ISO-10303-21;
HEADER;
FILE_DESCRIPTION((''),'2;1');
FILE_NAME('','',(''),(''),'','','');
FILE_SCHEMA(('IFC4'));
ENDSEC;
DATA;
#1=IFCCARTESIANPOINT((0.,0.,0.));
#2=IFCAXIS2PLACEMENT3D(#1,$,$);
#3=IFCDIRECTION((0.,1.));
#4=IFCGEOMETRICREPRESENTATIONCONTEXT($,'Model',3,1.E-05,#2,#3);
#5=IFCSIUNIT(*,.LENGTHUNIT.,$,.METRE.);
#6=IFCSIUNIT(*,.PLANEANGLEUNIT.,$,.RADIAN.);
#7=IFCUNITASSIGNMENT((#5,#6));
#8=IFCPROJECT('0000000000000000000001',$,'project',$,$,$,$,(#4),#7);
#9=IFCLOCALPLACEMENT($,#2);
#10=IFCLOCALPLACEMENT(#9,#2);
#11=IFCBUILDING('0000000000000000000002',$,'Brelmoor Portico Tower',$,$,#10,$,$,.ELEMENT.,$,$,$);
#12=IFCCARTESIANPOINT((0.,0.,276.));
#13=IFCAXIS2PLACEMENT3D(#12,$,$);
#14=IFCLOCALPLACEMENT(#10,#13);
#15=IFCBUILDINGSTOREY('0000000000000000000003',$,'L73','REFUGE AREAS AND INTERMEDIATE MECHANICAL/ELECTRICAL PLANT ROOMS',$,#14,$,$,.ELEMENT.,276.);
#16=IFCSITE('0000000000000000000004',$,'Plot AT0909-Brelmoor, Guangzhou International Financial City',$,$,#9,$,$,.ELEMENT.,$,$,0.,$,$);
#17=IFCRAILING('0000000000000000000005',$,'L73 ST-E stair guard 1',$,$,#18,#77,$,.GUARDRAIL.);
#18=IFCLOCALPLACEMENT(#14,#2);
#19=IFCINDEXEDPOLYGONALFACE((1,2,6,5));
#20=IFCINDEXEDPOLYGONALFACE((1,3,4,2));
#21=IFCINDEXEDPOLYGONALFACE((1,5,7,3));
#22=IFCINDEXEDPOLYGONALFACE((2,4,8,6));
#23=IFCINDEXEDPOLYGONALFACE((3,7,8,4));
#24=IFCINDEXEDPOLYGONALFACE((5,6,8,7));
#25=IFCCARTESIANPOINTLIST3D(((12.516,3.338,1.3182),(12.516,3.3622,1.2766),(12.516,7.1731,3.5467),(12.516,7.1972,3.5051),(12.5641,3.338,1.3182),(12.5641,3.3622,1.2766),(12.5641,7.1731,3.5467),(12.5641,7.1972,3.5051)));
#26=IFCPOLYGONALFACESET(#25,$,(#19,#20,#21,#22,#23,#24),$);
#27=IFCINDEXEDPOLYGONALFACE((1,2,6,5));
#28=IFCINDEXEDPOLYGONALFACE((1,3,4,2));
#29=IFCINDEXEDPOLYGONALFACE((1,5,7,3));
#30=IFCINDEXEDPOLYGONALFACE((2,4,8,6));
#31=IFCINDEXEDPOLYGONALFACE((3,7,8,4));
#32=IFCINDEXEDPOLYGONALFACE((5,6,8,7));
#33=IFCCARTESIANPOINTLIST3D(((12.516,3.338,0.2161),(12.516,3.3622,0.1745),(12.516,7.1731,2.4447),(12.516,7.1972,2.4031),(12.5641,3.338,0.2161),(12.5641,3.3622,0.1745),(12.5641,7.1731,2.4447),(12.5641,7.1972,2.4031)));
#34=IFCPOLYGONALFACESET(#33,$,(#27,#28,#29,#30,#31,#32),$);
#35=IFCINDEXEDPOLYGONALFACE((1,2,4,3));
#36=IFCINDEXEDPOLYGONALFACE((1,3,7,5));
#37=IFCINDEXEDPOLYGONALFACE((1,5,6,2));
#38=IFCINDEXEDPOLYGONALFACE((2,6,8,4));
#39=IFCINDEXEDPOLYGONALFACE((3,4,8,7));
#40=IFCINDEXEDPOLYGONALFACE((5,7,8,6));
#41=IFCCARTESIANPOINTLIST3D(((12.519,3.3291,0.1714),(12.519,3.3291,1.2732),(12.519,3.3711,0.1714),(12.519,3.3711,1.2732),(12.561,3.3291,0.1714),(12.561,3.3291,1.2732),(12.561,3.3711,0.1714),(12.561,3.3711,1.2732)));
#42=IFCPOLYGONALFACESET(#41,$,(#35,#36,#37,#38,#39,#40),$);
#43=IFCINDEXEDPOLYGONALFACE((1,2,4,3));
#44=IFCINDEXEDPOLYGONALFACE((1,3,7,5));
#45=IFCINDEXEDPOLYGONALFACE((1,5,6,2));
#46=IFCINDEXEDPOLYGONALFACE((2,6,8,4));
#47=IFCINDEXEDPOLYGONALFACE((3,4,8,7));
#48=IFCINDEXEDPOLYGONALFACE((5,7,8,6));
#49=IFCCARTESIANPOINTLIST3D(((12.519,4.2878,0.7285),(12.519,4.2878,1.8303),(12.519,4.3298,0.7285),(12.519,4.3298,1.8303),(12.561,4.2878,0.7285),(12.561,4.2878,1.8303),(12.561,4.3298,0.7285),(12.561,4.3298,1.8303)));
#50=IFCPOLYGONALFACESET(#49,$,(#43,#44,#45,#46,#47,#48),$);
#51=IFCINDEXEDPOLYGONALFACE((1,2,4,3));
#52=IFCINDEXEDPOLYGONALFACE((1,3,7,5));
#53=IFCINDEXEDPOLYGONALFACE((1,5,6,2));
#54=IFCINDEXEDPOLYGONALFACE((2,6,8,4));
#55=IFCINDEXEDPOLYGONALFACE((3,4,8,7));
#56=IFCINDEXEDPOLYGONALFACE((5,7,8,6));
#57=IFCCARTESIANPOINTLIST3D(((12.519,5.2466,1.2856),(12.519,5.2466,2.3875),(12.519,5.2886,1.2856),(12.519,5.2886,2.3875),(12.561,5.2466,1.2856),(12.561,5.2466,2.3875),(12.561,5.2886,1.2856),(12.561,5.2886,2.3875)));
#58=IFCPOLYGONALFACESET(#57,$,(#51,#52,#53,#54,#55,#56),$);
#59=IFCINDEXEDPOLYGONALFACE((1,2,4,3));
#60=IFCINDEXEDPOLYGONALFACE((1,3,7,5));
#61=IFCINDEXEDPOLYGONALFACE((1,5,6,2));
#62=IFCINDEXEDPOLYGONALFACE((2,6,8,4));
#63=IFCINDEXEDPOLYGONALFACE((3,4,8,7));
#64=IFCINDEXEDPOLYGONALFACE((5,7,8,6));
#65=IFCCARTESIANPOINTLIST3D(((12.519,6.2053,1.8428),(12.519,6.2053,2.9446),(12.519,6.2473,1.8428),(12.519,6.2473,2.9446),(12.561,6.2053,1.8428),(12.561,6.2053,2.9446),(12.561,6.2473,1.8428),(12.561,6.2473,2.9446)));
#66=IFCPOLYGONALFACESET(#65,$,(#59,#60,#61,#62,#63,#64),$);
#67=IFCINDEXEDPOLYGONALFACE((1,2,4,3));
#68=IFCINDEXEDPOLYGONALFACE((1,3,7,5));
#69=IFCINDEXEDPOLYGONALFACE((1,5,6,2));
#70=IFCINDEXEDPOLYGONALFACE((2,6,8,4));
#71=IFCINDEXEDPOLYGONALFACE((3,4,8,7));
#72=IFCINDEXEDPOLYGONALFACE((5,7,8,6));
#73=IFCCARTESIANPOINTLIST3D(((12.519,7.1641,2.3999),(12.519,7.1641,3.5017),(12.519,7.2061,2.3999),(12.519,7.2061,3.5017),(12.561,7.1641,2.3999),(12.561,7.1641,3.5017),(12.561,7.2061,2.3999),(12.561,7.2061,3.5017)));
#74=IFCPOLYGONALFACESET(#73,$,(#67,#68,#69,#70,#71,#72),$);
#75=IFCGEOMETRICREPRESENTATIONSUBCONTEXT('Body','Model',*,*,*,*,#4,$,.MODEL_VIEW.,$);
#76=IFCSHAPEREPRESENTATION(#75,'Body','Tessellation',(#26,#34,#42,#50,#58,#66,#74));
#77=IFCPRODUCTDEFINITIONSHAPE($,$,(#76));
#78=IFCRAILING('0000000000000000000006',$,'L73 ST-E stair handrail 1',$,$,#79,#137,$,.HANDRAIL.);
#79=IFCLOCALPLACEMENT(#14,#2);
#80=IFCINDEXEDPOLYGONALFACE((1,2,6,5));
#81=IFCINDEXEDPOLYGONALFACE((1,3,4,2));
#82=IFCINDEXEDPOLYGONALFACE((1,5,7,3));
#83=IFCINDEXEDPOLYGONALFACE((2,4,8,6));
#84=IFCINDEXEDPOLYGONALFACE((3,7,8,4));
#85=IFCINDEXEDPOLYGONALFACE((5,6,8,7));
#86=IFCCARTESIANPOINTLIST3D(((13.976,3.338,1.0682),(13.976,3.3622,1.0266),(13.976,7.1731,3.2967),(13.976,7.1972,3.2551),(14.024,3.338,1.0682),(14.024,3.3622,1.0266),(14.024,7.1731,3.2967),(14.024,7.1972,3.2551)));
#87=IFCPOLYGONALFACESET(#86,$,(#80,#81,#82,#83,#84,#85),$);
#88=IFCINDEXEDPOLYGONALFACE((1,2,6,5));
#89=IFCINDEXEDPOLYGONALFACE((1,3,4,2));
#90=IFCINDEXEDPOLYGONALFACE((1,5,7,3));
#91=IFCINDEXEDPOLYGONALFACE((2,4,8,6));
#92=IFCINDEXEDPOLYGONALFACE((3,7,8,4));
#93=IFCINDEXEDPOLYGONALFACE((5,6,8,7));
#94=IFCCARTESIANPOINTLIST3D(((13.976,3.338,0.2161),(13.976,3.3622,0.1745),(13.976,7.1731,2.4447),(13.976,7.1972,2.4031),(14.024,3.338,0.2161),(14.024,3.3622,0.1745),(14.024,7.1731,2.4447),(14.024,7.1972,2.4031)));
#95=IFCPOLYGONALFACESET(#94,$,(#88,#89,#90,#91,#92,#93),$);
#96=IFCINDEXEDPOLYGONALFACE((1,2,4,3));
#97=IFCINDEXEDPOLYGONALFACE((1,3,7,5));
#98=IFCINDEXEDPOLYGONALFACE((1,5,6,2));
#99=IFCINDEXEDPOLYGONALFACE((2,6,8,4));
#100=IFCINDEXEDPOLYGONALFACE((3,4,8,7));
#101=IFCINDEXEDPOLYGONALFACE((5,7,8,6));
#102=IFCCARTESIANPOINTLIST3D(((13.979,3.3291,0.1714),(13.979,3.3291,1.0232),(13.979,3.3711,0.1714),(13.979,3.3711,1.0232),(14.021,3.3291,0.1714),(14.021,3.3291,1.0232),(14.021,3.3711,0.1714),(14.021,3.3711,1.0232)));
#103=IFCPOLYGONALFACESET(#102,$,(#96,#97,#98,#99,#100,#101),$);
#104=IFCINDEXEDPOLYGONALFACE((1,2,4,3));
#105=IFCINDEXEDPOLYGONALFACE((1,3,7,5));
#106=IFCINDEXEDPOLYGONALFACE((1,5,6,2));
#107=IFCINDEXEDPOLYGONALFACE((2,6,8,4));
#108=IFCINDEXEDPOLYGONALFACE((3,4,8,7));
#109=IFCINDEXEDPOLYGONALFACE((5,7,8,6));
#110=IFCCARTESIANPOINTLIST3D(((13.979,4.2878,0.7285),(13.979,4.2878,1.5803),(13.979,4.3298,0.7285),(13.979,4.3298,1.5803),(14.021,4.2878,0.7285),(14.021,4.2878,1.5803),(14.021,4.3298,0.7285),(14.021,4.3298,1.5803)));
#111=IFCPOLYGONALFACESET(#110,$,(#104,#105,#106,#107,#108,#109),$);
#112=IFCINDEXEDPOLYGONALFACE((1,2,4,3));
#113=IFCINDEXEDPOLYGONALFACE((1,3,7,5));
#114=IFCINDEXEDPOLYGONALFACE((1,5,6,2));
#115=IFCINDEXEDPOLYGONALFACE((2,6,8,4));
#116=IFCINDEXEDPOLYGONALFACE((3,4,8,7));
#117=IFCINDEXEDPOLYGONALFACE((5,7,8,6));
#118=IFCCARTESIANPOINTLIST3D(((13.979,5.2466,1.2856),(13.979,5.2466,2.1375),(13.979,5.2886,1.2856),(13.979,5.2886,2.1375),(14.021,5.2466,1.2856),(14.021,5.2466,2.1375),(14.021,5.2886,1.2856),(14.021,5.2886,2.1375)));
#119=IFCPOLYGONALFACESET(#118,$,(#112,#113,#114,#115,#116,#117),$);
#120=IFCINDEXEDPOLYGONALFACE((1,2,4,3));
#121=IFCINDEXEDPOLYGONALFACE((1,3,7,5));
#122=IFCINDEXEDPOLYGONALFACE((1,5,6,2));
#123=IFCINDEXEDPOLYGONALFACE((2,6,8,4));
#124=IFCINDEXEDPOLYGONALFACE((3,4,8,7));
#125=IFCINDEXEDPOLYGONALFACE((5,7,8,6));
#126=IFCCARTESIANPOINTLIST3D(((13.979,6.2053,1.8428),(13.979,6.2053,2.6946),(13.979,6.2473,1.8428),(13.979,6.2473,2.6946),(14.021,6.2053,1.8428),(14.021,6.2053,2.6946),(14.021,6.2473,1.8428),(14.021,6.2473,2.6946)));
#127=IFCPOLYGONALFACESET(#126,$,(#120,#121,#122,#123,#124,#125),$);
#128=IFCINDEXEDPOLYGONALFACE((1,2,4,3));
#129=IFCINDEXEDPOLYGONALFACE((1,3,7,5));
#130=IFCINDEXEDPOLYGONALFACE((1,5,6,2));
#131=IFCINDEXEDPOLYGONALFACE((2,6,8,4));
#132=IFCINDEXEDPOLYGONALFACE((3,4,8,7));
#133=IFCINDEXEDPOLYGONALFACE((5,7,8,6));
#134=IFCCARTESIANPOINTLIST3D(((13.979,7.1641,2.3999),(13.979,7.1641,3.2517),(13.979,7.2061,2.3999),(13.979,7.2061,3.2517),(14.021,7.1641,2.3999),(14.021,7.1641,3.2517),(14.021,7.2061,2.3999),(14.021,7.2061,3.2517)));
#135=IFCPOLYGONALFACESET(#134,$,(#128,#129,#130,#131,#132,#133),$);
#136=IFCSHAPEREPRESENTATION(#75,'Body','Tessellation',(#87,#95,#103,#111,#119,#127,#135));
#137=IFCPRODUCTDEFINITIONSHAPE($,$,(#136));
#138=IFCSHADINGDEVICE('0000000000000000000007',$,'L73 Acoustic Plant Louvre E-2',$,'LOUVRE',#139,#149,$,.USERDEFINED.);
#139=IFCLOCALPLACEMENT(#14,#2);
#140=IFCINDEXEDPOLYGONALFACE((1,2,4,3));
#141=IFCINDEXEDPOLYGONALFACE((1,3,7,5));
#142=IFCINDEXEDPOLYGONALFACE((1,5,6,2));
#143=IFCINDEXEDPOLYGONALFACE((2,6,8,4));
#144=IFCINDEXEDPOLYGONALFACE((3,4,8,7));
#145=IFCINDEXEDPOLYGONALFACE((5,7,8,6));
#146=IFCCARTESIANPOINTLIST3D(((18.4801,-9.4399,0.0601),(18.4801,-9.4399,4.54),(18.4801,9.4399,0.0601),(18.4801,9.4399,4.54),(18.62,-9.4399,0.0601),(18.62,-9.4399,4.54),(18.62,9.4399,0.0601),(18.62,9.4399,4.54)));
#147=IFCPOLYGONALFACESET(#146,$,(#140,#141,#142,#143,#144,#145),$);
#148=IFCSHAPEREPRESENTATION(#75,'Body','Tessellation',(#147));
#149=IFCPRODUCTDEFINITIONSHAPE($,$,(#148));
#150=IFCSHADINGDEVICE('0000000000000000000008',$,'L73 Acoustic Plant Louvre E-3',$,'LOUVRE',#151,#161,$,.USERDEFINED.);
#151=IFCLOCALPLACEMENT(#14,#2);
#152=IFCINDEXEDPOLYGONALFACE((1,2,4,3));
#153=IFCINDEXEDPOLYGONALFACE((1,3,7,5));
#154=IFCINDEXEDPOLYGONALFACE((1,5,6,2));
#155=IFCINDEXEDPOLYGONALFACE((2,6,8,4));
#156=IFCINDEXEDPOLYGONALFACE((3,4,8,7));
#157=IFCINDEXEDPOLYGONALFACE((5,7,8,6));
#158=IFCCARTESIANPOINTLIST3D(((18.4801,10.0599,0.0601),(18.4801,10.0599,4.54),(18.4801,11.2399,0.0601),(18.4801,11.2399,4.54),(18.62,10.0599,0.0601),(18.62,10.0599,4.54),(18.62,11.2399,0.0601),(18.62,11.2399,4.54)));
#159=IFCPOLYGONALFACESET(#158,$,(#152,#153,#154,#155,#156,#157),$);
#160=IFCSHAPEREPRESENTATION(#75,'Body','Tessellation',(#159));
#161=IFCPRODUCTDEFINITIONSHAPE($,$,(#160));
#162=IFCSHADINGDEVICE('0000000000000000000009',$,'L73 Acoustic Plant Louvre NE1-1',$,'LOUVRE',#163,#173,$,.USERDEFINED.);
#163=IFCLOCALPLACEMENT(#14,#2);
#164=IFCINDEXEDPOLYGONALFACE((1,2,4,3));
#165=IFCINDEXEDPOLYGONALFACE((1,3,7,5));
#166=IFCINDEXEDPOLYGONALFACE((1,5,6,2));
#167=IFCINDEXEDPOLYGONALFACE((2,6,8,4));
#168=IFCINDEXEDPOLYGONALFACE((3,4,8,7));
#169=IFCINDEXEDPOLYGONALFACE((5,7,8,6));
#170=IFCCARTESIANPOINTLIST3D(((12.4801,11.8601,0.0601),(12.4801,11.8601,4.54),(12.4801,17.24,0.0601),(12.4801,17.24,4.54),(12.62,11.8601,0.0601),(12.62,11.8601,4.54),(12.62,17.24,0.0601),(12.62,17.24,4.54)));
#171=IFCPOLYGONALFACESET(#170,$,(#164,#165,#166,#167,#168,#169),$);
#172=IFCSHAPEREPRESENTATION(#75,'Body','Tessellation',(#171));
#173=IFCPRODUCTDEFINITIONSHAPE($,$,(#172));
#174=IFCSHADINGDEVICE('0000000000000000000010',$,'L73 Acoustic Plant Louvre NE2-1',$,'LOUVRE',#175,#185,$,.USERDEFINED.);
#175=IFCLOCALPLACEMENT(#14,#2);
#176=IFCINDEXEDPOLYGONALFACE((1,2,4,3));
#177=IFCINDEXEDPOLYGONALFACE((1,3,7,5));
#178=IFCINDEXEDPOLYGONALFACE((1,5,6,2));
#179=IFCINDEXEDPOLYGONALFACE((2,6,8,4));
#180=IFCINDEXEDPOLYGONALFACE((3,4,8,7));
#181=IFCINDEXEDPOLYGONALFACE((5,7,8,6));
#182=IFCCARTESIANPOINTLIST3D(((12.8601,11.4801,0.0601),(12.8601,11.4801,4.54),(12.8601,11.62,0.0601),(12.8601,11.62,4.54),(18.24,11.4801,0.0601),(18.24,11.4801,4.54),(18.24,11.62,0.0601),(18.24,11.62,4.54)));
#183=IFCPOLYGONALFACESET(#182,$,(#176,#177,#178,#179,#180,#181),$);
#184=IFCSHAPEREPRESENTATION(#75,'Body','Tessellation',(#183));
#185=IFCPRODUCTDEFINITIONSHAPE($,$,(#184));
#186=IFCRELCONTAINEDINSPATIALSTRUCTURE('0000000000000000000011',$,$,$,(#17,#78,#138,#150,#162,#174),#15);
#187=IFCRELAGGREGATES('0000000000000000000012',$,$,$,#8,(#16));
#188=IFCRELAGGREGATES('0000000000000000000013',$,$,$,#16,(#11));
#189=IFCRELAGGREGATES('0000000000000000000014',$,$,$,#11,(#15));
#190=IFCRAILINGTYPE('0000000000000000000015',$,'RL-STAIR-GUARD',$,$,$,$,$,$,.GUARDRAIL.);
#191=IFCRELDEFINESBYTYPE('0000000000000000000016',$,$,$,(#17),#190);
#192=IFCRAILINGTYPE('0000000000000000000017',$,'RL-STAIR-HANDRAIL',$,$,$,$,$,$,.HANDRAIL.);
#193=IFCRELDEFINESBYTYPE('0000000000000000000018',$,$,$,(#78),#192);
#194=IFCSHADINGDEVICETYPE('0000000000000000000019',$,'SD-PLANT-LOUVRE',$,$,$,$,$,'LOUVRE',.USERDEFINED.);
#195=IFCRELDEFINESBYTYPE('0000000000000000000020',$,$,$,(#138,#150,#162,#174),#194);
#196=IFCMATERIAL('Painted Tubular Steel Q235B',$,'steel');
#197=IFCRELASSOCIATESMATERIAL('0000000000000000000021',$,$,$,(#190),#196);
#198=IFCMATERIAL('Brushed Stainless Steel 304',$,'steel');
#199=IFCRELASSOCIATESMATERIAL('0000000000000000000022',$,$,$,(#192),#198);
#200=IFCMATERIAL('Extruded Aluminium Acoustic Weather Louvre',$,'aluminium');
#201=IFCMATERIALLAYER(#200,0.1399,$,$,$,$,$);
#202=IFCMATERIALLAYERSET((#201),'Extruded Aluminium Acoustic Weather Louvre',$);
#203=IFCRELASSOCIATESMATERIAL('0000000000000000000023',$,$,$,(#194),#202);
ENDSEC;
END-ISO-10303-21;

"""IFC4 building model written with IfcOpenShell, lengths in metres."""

from ifc_helpers import new_model, si_unit, direction, frame, origin, origin_2d, place, context, subcontext, project, spatial, rectangle, extrude, material, layer, layer_set, type_object, element, save


model = new_model("IFC4")

# Units and contexts
model_context = context("Model", 3, precision=1e-05, world=origin(), true_north=direction((0.0, 1.0)))
body_context = subcontext(model_context, "Body", "Model", "MODEL_VIEW")
ifc_project = project(units=[si_unit("LENGTHUNIT", "METRE"), si_unit("PLANEANGLEUNIT", "RADIAN")], contexts=[model_context])

# Site, building, storey
site_placement = place(None, origin())
site = spatial("IfcSite", under=ifc_project, at=site_placement, Name="Plot AT0909-Brelmoor, Guangzhou International Financial City", CompositionType="ELEMENT", RefElevation=0.0)
building_placement = place(site_placement, origin())
building = spatial("IfcBuilding", under=site, at=building_placement, Name="Brelmoor Portico Tower", CompositionType="ELEMENT")
storey_placement = place(building_placement, frame((0.0, 0.0, 276.0)))
storey = spatial("IfcBuildingStorey", under=building, at=storey_placement, Name="L73", Description="REFUGE AREAS AND INTERMEDIATE MECHANICAL/ELECTRICAL PLANT ROOMS", CompositionType="ELEMENT", Elevation=276.0)

# Railings
ifc_material_1 = material(Name="Painted Tubular Steel Q235B", Category="steel")
railing_type_1 = type_object("IfcRailingType", Name="RL-STAIR-GUARD", PredefinedType="GUARDRAIL", material=ifc_material_1)
railing_1_placement = place(storey_placement, frame((12.54, 3.3501, 0.1714)))
element("IfcRailing", 1, at=railing_1_placement, inside=storey, type_object=railing_type_1, Name="L73 ST-E stair guard 1", PredefinedType="GUARDRAIL", context=body_context, shape_type="SweptSolid", body=[
    extrude(rectangle(XDim=0.0481, YDim=0.0481, at=origin_2d()), frame((0.0, 0.0, 1.126), z_axis=(0.0, 0.864616, 0.502433), x_axis=(-1.0, 0.0, 0.0)), (0.0, 0.0, 1.0), 4.4355),
    extrude(rectangle(XDim=0.0481, YDim=0.0481, at=origin_2d()), frame((0.0, 0.0, 0.0239), z_axis=(0.0, 0.864616, 0.502433), x_axis=(-1.0, 0.0, 0.0)), (0.0, 0.0, 1.0), 4.4355),
    extrude(rectangle(XDim=0.042, YDim=0.042, at=origin_2d()), origin(), (0.0, 0.0, 1.0), 1.1018),
    extrude(rectangle(XDim=0.042, YDim=0.042, at=origin_2d()), frame((0.0, 0.9587, 0.5571)), (0.0, 0.0, 1.0), 1.1018),
    extrude(rectangle(XDim=0.042, YDim=0.042, at=origin_2d()), frame((0.0, 1.9175, 1.1143)), (0.0, 0.0, 1.0), 1.1018),
    extrude(rectangle(XDim=0.042, YDim=0.042, at=origin_2d()), frame((0.0, 2.8762, 1.6714)), (0.0, 0.0, 1.0), 1.1018),
    extrude(rectangle(XDim=0.042, YDim=0.042, at=origin_2d()), frame((0.0, 3.835, 2.2285)), (0.0, 0.0, 1.0), 1.1018),
])
ifc_material_2 = material(Name="Brushed Stainless Steel 304", Category="steel")
railing_type_2 = type_object("IfcRailingType", Name="RL-STAIR-HANDRAIL", PredefinedType="HANDRAIL", material=ifc_material_2)
railing_2_placement = place(storey_placement, frame((14.0, 3.3501, 0.1714)))
element("IfcRailing", 2, at=railing_2_placement, inside=storey, type_object=railing_type_2, Name="L73 ST-E stair handrail 1", PredefinedType="HANDRAIL", context=body_context, shape_type="SweptSolid", body=[
    extrude(rectangle(XDim=0.0481, YDim=0.0481, at=origin_2d()), frame((0.0, 0.0, 0.876), z_axis=(0.0, 0.864616, 0.502433), x_axis=(-1.0, 0.0, 0.0)), (0.0, 0.0, 1.0), 4.4355),
    extrude(rectangle(XDim=0.0481, YDim=0.0481, at=origin_2d()), frame((0.0, 0.0, 0.0239), z_axis=(0.0, 0.864616, 0.502433), x_axis=(-1.0, 0.0, 0.0)), (0.0, 0.0, 1.0), 4.4355),
    extrude(rectangle(XDim=0.042, YDim=0.042, at=origin_2d()), origin(), (0.0, 0.0, 1.0), 0.8518),
    extrude(rectangle(XDim=0.042, YDim=0.042, at=origin_2d()), frame((0.0, 0.9587, 0.5571)), (0.0, 0.0, 1.0), 0.8518),
    extrude(rectangle(XDim=0.042, YDim=0.042, at=origin_2d()), frame((0.0, 1.9175, 1.1143)), (0.0, 0.0, 1.0), 0.8518),
    extrude(rectangle(XDim=0.042, YDim=0.042, at=origin_2d()), frame((0.0, 2.8762, 1.6714)), (0.0, 0.0, 1.0), 0.8518),
    extrude(rectangle(XDim=0.042, YDim=0.042, at=origin_2d()), frame((0.0, 3.835, 2.2285)), (0.0, 0.0, 1.0), 0.8518),
])

# Shading devices
ifc_material_3 = material(Name="Extruded Aluminium Acoustic Weather Louvre", Category="aluminium")
ifc_layer_1 = layer(ifc_material_3, 0.1399)
ifc_layer_set_1 = layer_set([ifc_layer_1], Name="Extruded Aluminium Acoustic Weather Louvre")
shading_device_type = type_object("IfcShadingDeviceType", Name="SD-PLANT-LOUVRE", ElementType="LOUVRE", PredefinedType="USERDEFINED", material=ifc_layer_set_1)
shading_device_1_placement = place(storey_placement, frame((18.55, 0.0, 0.0601), z_axis=(0.0, 0.0, 1.0), x_axis=(0.0, 1.0, 0.0)))
element("IfcShadingDevice", 3, at=shading_device_1_placement, inside=storey, type_object=shading_device_type, Name="L73 Acoustic Plant Louvre E-2", ObjectType="LOUVRE", PredefinedType="USERDEFINED", context=body_context, shape_type="SweptSolid", body=[
    extrude(rectangle(XDim=18.8799, YDim=0.1399, at=origin_2d()), origin(), (0.0, 0.0, 1.0), 4.48),
])
shading_device_2_placement = place(storey_placement, frame((18.55, 10.6499, 0.0601), z_axis=(0.0, 0.0, 1.0), x_axis=(0.0, 1.0, 0.0)))
element("IfcShadingDevice", 4, at=shading_device_2_placement, inside=storey, type_object=shading_device_type, Name="L73 Acoustic Plant Louvre E-3", ObjectType="LOUVRE", PredefinedType="USERDEFINED", context=body_context, shape_type="SweptSolid", body=[
    extrude(rectangle(XDim=1.1799, YDim=0.1399, at=origin_2d()), origin(), (0.0, 0.0, 1.0), 4.48),
])
for number, where, z_axis, x_axis, name in (
    (5, (12.55, 14.55, 0.0601), (0.0, 0.0, 1.0), (0.0, 1.0, 0.0), "L73 Acoustic Plant Louvre NE1-1"),
    (6, (15.55, 11.55, 0.0601), (0.0, 0.0, 1.0), (1.0, 0.0, 0.0), "L73 Acoustic Plant Louvre NE2-1"),
):
    element("IfcShadingDevice", number, at=place(storey_placement, frame(where, z_axis=z_axis, x_axis=x_axis)), inside=storey, type_object=shading_device_type, Name=name, ObjectType="LOUVRE", PredefinedType="USERDEFINED", context=body_context, shape_type="SweptSolid", body=[
        extrude(rectangle(XDim=5.3799, YDim=0.1399, at=origin_2d()), origin(), (0.0, 0.0, 1.0), 4.48),
    ])

save(model, "model.ifc")
